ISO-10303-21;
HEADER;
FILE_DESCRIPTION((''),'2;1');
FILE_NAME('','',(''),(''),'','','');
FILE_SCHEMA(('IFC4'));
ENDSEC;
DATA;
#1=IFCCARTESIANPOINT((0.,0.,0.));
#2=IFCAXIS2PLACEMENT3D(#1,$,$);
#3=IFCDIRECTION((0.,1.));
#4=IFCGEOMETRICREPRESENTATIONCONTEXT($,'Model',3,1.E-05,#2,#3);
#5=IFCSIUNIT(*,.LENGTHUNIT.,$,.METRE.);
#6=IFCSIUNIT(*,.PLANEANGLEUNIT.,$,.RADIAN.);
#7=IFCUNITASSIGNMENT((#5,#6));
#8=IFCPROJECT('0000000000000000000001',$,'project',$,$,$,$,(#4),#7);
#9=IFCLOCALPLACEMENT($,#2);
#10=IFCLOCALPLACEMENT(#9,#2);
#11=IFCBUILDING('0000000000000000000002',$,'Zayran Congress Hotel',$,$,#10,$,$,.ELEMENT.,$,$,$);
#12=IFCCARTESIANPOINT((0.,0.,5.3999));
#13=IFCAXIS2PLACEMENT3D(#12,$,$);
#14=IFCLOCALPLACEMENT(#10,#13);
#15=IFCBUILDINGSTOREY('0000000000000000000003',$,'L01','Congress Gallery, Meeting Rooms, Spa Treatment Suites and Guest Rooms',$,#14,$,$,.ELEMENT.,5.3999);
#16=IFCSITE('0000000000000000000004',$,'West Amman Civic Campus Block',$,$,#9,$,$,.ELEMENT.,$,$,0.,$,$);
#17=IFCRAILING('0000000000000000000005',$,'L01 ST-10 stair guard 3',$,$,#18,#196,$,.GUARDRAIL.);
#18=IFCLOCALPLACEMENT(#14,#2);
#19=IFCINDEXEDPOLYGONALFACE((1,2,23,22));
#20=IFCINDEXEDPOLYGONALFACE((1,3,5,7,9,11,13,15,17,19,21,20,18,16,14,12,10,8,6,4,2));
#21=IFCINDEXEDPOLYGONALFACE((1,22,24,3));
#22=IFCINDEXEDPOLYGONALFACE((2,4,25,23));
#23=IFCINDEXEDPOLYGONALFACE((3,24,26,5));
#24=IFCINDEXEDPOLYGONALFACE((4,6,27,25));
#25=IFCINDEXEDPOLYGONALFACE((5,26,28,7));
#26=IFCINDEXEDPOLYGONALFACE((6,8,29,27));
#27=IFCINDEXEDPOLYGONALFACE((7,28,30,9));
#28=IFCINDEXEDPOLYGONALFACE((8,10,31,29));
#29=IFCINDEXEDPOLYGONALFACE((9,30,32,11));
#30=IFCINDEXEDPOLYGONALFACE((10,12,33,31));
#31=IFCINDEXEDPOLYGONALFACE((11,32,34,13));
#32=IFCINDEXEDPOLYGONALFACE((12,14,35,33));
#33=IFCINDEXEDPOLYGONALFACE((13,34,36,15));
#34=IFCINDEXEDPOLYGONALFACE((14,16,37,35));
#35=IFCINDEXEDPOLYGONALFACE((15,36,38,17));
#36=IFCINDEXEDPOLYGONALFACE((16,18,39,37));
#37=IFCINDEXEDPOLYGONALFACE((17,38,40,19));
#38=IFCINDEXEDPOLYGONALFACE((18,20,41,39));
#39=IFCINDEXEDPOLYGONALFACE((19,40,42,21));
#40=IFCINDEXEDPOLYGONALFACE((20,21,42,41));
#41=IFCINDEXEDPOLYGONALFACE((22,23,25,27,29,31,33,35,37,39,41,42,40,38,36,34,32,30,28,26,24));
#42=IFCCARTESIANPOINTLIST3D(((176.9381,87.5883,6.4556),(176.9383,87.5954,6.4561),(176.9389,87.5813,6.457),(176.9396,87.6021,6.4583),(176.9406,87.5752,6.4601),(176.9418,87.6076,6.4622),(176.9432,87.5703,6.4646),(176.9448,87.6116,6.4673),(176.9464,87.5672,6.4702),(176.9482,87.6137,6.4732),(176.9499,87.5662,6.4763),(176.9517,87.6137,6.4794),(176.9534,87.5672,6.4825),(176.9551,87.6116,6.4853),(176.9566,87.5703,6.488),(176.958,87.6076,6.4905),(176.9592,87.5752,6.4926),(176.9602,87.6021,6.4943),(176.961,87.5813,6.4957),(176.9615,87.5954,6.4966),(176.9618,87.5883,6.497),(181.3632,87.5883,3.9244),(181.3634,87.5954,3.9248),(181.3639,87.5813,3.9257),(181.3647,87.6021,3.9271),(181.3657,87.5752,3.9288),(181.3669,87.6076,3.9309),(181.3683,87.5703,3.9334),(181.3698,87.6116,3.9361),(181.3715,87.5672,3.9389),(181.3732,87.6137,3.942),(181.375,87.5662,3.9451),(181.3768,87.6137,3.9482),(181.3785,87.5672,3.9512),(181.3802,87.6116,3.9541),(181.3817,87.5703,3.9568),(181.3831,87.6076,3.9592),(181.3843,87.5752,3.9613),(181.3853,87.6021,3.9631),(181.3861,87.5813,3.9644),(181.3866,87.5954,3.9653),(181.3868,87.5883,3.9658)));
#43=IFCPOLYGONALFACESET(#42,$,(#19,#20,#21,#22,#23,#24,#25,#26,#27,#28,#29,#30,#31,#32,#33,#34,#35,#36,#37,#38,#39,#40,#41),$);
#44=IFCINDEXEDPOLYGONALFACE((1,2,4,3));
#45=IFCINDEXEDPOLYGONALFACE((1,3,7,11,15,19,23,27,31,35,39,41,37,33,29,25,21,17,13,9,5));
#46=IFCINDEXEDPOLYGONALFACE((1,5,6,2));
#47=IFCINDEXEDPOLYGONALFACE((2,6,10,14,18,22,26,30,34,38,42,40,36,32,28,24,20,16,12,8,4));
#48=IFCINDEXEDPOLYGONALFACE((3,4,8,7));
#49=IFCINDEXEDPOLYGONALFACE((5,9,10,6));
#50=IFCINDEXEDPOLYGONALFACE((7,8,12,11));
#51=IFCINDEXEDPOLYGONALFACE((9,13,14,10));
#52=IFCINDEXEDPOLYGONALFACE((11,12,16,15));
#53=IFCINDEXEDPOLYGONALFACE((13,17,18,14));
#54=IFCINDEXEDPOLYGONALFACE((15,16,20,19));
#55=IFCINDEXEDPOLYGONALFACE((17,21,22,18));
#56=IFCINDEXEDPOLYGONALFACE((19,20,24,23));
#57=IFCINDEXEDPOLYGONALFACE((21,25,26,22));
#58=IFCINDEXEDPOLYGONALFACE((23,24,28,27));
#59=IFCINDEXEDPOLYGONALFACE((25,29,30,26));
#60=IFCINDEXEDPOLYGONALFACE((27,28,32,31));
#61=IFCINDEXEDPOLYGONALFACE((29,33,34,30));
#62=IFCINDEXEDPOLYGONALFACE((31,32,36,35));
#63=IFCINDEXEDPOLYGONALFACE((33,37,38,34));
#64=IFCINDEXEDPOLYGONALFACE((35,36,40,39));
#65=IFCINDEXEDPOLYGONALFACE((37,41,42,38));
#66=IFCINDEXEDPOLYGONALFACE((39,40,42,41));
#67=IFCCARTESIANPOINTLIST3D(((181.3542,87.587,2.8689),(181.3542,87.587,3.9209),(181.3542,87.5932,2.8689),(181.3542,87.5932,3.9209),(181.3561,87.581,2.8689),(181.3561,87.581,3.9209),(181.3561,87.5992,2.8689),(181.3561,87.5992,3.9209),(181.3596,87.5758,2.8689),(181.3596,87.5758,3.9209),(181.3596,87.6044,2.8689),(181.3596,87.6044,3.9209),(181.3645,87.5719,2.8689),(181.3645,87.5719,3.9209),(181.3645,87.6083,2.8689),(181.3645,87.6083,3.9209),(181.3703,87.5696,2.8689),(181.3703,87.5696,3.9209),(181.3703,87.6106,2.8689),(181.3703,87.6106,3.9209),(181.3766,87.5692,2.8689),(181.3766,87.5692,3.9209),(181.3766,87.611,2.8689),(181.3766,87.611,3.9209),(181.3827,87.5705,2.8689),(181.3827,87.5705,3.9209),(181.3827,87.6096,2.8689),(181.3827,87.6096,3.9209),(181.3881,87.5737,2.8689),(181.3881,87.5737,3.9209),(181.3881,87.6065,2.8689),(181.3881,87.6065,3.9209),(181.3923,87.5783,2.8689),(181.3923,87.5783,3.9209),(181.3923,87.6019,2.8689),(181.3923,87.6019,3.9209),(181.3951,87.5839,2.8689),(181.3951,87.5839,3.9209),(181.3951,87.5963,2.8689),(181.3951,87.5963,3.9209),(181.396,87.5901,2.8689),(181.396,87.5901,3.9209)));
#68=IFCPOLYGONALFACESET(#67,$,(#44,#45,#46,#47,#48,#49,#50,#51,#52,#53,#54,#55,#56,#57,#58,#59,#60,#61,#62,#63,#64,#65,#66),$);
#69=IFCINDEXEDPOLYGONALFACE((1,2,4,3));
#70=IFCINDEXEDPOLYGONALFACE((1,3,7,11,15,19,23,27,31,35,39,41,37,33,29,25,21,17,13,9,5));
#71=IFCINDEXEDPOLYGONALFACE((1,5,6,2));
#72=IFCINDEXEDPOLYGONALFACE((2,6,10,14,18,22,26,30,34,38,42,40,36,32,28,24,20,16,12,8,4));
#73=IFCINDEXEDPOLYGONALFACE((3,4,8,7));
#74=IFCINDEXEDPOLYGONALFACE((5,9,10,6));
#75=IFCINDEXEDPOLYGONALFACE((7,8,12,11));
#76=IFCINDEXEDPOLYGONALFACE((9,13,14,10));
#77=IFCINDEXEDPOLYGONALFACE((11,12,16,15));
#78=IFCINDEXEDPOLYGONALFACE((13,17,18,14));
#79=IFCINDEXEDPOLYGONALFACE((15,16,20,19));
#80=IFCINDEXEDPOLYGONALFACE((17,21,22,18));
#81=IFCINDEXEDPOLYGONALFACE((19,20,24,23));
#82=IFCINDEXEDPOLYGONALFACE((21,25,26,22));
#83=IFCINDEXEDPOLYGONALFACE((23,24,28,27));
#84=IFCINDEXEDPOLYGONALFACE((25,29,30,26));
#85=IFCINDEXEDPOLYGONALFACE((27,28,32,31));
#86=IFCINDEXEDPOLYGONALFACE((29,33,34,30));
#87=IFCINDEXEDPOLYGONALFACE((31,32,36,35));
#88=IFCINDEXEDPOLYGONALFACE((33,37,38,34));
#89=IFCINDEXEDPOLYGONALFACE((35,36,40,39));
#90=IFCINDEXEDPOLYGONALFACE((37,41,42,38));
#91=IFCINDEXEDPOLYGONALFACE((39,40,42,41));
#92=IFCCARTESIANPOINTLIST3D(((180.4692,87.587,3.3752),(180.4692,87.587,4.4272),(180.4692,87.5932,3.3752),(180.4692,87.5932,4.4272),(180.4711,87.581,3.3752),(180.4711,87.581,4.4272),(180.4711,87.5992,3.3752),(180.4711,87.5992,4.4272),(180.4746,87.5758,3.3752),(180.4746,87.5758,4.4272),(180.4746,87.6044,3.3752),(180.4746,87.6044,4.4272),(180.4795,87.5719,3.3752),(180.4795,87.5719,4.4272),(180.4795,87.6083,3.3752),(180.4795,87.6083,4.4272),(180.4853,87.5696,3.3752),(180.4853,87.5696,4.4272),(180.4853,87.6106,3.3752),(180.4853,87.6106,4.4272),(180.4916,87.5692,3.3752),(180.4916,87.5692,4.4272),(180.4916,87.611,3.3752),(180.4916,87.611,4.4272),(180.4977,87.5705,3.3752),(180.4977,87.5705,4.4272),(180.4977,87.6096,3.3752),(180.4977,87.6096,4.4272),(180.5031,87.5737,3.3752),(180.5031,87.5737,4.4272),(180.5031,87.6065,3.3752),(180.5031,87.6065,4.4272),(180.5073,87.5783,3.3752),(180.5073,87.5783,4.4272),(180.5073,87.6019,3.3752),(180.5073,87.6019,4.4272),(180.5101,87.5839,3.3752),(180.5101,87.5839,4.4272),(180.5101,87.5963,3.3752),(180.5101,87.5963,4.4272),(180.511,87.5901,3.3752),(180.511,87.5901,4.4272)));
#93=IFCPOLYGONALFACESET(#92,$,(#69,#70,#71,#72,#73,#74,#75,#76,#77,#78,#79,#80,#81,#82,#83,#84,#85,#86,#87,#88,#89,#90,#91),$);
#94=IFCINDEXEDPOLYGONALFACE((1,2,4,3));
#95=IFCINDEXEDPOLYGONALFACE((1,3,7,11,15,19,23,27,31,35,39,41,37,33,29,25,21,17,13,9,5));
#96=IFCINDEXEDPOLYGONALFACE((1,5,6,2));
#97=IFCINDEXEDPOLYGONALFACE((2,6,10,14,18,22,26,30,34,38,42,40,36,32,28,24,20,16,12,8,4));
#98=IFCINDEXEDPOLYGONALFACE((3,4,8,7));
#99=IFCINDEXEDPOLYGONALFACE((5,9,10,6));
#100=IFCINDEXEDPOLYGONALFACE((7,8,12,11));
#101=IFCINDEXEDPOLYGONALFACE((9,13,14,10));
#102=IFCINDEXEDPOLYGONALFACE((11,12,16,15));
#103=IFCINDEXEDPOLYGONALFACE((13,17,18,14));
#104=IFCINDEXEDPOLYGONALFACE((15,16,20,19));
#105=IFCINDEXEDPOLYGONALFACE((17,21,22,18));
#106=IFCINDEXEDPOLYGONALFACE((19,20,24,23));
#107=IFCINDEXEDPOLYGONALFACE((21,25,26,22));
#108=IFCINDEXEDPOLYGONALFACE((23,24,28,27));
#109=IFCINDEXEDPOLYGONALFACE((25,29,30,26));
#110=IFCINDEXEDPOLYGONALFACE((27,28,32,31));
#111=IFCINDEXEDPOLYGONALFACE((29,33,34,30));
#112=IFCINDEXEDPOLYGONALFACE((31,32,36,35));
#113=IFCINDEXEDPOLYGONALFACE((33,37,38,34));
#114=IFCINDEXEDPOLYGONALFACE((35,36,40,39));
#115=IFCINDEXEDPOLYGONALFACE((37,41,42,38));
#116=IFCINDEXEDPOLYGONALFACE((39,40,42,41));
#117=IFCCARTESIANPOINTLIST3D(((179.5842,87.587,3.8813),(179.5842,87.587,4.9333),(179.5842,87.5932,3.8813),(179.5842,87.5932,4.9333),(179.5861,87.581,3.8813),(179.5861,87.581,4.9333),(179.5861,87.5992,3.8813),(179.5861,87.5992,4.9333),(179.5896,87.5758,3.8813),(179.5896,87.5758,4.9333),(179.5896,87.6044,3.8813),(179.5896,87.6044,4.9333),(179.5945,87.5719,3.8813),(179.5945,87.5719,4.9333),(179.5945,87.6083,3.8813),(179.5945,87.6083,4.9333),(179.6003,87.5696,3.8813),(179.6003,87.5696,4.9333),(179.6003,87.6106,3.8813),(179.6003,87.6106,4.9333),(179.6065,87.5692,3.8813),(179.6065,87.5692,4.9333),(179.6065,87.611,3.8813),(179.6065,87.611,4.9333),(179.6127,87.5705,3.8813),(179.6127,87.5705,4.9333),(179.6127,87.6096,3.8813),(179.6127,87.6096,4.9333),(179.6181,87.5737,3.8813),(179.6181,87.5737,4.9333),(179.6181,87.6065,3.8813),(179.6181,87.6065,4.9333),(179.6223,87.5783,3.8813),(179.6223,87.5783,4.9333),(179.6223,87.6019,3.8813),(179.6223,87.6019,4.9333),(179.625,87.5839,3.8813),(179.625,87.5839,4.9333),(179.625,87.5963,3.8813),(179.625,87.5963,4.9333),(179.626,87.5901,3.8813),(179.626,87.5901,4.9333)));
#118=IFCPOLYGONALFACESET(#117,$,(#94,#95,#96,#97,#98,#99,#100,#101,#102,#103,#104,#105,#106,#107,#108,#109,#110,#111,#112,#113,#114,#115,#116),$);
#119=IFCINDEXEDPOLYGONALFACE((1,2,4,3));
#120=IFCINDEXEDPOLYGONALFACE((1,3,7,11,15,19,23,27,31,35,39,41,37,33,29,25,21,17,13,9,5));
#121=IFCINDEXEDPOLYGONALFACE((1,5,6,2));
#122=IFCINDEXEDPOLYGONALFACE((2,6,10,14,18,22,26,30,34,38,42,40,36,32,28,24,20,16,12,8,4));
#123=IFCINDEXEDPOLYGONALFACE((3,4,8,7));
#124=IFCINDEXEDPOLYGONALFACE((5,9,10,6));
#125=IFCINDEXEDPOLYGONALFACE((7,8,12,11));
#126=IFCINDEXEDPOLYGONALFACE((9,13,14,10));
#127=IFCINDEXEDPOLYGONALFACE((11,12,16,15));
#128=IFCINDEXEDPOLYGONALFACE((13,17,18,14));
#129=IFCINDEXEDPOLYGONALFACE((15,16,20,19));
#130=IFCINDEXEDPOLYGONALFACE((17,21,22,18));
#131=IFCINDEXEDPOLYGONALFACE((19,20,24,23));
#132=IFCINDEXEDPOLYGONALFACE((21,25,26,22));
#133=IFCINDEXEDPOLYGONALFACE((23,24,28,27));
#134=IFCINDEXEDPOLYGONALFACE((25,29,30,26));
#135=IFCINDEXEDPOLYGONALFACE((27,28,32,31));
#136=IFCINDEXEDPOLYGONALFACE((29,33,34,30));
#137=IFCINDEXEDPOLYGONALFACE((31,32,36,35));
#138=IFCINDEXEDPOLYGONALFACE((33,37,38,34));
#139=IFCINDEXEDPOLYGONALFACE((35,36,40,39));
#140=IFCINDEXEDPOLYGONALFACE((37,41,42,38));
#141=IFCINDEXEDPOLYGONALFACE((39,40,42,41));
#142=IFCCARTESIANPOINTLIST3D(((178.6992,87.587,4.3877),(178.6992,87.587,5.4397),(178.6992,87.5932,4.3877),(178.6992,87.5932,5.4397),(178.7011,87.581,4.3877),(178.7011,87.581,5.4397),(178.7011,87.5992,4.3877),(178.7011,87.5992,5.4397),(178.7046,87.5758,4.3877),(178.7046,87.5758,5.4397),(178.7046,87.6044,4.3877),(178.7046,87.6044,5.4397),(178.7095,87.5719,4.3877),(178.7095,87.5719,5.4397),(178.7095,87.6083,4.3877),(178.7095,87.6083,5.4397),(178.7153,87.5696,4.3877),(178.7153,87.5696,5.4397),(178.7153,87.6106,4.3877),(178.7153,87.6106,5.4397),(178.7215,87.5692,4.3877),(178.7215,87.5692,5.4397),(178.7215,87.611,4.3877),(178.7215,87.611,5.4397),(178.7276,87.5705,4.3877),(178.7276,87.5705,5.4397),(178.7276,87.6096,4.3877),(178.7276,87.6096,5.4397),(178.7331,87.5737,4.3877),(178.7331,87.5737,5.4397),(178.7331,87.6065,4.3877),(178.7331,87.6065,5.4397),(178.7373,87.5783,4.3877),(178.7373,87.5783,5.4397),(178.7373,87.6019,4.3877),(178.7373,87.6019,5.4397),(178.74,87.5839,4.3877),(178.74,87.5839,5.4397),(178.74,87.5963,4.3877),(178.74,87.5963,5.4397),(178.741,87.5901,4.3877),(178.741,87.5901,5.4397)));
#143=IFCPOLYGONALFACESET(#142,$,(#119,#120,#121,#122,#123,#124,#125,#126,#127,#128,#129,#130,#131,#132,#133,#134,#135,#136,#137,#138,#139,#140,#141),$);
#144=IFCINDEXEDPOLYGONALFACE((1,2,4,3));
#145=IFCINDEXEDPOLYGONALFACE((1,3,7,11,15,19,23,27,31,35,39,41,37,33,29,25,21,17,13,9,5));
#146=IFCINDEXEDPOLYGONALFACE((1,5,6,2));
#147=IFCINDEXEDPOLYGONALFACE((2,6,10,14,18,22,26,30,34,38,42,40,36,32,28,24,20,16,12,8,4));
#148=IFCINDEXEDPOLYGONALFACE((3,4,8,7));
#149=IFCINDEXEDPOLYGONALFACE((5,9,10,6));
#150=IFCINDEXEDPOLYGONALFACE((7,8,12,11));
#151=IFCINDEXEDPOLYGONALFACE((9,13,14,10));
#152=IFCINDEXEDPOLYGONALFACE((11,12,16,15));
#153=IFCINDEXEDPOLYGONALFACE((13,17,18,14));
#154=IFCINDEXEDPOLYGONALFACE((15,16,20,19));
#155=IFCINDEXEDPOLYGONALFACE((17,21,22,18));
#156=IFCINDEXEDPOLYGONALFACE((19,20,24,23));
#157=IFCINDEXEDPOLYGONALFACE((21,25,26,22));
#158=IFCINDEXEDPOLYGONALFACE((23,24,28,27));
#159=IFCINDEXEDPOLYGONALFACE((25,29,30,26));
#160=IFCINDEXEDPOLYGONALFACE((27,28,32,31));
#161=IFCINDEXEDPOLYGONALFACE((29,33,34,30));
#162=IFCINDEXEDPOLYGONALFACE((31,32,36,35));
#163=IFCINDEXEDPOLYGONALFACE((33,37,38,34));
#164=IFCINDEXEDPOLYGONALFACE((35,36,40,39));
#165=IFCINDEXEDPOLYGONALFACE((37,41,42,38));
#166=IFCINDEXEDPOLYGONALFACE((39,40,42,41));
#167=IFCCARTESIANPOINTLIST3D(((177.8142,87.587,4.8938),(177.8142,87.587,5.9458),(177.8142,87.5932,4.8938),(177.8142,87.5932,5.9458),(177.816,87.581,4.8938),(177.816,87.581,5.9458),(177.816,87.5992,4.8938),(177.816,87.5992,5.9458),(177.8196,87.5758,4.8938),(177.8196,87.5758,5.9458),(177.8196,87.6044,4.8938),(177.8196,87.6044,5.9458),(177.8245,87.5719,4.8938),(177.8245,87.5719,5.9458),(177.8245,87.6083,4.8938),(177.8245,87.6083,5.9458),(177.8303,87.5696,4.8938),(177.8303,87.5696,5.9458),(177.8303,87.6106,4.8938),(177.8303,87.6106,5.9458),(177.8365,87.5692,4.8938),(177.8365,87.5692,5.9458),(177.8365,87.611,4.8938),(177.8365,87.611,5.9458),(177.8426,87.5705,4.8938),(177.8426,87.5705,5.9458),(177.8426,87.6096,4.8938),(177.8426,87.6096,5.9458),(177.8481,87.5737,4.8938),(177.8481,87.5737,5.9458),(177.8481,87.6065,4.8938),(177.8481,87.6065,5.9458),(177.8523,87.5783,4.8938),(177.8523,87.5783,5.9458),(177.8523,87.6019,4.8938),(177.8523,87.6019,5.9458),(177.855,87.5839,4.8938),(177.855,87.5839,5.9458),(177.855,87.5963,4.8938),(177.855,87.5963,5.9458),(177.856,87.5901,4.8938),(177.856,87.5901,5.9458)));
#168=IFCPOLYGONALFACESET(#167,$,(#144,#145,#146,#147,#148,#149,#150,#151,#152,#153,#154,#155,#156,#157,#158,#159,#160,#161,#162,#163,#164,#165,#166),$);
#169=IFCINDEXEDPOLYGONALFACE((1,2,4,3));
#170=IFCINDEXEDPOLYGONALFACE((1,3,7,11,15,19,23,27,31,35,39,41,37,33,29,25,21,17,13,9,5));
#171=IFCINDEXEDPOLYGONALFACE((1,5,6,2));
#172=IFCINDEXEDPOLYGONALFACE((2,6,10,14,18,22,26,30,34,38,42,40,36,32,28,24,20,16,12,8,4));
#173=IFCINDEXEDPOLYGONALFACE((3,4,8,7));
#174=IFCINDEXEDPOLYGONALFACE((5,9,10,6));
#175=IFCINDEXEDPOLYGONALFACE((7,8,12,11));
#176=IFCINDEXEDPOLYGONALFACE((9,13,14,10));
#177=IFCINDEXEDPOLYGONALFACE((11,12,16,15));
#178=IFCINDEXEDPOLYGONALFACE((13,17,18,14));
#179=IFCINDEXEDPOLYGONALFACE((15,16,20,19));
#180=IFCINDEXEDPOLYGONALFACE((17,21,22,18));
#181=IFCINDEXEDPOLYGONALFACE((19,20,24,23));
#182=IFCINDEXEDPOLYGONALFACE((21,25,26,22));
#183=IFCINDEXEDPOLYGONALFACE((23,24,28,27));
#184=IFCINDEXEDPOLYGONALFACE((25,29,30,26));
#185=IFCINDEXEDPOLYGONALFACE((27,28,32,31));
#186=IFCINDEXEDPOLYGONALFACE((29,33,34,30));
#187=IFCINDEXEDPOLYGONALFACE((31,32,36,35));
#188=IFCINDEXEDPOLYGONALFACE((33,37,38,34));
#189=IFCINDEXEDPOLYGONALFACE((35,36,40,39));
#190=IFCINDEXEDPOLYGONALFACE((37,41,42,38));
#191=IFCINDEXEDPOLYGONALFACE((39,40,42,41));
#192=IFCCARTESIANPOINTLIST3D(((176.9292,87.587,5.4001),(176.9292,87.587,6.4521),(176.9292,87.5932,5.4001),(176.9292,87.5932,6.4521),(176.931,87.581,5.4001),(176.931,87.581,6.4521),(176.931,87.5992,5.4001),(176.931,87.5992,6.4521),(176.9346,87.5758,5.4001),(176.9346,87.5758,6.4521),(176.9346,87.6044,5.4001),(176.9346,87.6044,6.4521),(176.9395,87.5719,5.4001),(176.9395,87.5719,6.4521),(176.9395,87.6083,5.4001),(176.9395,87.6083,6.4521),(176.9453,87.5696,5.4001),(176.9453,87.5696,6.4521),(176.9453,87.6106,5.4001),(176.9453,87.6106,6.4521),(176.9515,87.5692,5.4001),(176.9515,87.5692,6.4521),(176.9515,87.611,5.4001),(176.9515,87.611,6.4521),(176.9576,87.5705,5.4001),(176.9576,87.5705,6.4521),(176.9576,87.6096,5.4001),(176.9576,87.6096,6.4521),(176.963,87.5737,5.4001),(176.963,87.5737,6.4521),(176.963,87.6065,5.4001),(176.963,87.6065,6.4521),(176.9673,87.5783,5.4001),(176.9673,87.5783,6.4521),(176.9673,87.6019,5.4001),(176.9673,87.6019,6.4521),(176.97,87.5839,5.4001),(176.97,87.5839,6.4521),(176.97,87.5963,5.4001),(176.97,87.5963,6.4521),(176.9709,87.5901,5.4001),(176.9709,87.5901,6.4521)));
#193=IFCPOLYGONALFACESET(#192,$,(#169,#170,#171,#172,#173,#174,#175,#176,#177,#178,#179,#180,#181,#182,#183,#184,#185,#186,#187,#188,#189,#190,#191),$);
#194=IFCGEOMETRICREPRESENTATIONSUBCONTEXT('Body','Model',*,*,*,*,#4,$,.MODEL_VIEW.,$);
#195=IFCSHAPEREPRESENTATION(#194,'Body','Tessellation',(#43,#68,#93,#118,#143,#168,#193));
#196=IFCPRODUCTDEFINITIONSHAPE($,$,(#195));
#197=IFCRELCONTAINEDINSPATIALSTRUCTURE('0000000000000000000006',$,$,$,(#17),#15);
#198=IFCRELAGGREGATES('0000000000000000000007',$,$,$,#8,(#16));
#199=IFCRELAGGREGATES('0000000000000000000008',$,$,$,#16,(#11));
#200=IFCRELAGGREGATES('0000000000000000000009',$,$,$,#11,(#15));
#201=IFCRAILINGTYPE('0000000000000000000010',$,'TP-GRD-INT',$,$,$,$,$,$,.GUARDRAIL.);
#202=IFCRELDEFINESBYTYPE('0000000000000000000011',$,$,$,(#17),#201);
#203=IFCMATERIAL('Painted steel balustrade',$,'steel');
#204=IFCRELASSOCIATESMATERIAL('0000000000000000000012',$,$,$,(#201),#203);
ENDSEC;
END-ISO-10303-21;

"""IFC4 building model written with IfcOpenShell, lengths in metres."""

from ifc_helpers import new_model, si_unit, direction, frame, origin, origin_2d, place, context, subcontext, project, spatial, circle, extrude, material, type_object, element, save


model = new_model("IFC4")

# Units and contexts
model_context = context("Model", 3, precision=1e-05, world=origin(), true_north=direction((0.0, 1.0)))
body_context = subcontext(model_context, "Body", "Model", "MODEL_VIEW")
ifc_project = project(units=[si_unit("LENGTHUNIT", "METRE"), si_unit("PLANEANGLEUNIT", "RADIAN")], contexts=[model_context])

# Site, building, storey
site_placement = place(None, origin())
site = spatial("IfcSite", under=ifc_project, at=site_placement, Name="West Amman Civic Campus Block", CompositionType="ELEMENT", RefElevation=0.0)
building_placement = place(site_placement, origin())
building = spatial("IfcBuilding", under=site, at=building_placement, Name="Zayran Congress Hotel", CompositionType="ELEMENT")
storey_placement = place(building_placement, frame((0.0, 0.0, 5.3999)))
storey = spatial("IfcBuildingStorey", under=building, at=storey_placement, Name="L01", Description="Congress Gallery, Meeting Rooms, Spa Treatment Suites and Guest Rooms", CompositionType="ELEMENT", Elevation=5.3999)

# Railing
ifc_material_1 = material(Name="Painted steel balustrade", Category="steel")
railing_type_1 = type_object("IfcRailingType", Name="TP-GRD-INT", PredefinedType="GUARDRAIL", material=ifc_material_1)
railing_1_placement = place(storey_placement, frame((181.375, 87.5901, 2.8689)))
element("IfcRailing", 1, at=railing_1_placement, inside=storey, type_object=railing_type_1, Name="L01 ST-10 stair guard 3", PredefinedType="GUARDRAIL", context=body_context, shape_type="SweptSolid", body=[
    extrude(circle(Radius=0.0239, at=origin_2d()), frame((0.0, 0.0, 1.0762), z_axis=(-0.868019, 0.0, 0.496531), x_axis=(0.0, -1.0, 0.0)), (0.0, 0.0, 1.0), 5.0979),
    extrude(circle(Radius=0.021, at=origin_2d()), origin(), (0.0, 0.0, 1.0), 1.052),
    extrude(circle(Radius=0.021, at=origin_2d()), frame((-0.885, 0.0, 0.5063)), (0.0, 0.0, 1.0), 1.052),
    extrude(circle(Radius=0.021, at=origin_2d()), frame((-1.77, 0.0, 1.0125)), (0.0, 0.0, 1.0), 1.052),
    extrude(circle(Radius=0.021, at=origin_2d()), frame((-2.655, 0.0, 1.5188)), (0.0, 0.0, 1.0), 1.052),
    extrude(circle(Radius=0.021, at=origin_2d()), frame((-3.54, 0.0, 2.0249)), (0.0, 0.0, 1.0), 1.052),
    extrude(circle(Radius=0.021, at=origin_2d()), frame((-4.425, 0.0, 2.5312)), (0.0, 0.0, 1.0), 1.052),
])

save(model, "model.ifc")
